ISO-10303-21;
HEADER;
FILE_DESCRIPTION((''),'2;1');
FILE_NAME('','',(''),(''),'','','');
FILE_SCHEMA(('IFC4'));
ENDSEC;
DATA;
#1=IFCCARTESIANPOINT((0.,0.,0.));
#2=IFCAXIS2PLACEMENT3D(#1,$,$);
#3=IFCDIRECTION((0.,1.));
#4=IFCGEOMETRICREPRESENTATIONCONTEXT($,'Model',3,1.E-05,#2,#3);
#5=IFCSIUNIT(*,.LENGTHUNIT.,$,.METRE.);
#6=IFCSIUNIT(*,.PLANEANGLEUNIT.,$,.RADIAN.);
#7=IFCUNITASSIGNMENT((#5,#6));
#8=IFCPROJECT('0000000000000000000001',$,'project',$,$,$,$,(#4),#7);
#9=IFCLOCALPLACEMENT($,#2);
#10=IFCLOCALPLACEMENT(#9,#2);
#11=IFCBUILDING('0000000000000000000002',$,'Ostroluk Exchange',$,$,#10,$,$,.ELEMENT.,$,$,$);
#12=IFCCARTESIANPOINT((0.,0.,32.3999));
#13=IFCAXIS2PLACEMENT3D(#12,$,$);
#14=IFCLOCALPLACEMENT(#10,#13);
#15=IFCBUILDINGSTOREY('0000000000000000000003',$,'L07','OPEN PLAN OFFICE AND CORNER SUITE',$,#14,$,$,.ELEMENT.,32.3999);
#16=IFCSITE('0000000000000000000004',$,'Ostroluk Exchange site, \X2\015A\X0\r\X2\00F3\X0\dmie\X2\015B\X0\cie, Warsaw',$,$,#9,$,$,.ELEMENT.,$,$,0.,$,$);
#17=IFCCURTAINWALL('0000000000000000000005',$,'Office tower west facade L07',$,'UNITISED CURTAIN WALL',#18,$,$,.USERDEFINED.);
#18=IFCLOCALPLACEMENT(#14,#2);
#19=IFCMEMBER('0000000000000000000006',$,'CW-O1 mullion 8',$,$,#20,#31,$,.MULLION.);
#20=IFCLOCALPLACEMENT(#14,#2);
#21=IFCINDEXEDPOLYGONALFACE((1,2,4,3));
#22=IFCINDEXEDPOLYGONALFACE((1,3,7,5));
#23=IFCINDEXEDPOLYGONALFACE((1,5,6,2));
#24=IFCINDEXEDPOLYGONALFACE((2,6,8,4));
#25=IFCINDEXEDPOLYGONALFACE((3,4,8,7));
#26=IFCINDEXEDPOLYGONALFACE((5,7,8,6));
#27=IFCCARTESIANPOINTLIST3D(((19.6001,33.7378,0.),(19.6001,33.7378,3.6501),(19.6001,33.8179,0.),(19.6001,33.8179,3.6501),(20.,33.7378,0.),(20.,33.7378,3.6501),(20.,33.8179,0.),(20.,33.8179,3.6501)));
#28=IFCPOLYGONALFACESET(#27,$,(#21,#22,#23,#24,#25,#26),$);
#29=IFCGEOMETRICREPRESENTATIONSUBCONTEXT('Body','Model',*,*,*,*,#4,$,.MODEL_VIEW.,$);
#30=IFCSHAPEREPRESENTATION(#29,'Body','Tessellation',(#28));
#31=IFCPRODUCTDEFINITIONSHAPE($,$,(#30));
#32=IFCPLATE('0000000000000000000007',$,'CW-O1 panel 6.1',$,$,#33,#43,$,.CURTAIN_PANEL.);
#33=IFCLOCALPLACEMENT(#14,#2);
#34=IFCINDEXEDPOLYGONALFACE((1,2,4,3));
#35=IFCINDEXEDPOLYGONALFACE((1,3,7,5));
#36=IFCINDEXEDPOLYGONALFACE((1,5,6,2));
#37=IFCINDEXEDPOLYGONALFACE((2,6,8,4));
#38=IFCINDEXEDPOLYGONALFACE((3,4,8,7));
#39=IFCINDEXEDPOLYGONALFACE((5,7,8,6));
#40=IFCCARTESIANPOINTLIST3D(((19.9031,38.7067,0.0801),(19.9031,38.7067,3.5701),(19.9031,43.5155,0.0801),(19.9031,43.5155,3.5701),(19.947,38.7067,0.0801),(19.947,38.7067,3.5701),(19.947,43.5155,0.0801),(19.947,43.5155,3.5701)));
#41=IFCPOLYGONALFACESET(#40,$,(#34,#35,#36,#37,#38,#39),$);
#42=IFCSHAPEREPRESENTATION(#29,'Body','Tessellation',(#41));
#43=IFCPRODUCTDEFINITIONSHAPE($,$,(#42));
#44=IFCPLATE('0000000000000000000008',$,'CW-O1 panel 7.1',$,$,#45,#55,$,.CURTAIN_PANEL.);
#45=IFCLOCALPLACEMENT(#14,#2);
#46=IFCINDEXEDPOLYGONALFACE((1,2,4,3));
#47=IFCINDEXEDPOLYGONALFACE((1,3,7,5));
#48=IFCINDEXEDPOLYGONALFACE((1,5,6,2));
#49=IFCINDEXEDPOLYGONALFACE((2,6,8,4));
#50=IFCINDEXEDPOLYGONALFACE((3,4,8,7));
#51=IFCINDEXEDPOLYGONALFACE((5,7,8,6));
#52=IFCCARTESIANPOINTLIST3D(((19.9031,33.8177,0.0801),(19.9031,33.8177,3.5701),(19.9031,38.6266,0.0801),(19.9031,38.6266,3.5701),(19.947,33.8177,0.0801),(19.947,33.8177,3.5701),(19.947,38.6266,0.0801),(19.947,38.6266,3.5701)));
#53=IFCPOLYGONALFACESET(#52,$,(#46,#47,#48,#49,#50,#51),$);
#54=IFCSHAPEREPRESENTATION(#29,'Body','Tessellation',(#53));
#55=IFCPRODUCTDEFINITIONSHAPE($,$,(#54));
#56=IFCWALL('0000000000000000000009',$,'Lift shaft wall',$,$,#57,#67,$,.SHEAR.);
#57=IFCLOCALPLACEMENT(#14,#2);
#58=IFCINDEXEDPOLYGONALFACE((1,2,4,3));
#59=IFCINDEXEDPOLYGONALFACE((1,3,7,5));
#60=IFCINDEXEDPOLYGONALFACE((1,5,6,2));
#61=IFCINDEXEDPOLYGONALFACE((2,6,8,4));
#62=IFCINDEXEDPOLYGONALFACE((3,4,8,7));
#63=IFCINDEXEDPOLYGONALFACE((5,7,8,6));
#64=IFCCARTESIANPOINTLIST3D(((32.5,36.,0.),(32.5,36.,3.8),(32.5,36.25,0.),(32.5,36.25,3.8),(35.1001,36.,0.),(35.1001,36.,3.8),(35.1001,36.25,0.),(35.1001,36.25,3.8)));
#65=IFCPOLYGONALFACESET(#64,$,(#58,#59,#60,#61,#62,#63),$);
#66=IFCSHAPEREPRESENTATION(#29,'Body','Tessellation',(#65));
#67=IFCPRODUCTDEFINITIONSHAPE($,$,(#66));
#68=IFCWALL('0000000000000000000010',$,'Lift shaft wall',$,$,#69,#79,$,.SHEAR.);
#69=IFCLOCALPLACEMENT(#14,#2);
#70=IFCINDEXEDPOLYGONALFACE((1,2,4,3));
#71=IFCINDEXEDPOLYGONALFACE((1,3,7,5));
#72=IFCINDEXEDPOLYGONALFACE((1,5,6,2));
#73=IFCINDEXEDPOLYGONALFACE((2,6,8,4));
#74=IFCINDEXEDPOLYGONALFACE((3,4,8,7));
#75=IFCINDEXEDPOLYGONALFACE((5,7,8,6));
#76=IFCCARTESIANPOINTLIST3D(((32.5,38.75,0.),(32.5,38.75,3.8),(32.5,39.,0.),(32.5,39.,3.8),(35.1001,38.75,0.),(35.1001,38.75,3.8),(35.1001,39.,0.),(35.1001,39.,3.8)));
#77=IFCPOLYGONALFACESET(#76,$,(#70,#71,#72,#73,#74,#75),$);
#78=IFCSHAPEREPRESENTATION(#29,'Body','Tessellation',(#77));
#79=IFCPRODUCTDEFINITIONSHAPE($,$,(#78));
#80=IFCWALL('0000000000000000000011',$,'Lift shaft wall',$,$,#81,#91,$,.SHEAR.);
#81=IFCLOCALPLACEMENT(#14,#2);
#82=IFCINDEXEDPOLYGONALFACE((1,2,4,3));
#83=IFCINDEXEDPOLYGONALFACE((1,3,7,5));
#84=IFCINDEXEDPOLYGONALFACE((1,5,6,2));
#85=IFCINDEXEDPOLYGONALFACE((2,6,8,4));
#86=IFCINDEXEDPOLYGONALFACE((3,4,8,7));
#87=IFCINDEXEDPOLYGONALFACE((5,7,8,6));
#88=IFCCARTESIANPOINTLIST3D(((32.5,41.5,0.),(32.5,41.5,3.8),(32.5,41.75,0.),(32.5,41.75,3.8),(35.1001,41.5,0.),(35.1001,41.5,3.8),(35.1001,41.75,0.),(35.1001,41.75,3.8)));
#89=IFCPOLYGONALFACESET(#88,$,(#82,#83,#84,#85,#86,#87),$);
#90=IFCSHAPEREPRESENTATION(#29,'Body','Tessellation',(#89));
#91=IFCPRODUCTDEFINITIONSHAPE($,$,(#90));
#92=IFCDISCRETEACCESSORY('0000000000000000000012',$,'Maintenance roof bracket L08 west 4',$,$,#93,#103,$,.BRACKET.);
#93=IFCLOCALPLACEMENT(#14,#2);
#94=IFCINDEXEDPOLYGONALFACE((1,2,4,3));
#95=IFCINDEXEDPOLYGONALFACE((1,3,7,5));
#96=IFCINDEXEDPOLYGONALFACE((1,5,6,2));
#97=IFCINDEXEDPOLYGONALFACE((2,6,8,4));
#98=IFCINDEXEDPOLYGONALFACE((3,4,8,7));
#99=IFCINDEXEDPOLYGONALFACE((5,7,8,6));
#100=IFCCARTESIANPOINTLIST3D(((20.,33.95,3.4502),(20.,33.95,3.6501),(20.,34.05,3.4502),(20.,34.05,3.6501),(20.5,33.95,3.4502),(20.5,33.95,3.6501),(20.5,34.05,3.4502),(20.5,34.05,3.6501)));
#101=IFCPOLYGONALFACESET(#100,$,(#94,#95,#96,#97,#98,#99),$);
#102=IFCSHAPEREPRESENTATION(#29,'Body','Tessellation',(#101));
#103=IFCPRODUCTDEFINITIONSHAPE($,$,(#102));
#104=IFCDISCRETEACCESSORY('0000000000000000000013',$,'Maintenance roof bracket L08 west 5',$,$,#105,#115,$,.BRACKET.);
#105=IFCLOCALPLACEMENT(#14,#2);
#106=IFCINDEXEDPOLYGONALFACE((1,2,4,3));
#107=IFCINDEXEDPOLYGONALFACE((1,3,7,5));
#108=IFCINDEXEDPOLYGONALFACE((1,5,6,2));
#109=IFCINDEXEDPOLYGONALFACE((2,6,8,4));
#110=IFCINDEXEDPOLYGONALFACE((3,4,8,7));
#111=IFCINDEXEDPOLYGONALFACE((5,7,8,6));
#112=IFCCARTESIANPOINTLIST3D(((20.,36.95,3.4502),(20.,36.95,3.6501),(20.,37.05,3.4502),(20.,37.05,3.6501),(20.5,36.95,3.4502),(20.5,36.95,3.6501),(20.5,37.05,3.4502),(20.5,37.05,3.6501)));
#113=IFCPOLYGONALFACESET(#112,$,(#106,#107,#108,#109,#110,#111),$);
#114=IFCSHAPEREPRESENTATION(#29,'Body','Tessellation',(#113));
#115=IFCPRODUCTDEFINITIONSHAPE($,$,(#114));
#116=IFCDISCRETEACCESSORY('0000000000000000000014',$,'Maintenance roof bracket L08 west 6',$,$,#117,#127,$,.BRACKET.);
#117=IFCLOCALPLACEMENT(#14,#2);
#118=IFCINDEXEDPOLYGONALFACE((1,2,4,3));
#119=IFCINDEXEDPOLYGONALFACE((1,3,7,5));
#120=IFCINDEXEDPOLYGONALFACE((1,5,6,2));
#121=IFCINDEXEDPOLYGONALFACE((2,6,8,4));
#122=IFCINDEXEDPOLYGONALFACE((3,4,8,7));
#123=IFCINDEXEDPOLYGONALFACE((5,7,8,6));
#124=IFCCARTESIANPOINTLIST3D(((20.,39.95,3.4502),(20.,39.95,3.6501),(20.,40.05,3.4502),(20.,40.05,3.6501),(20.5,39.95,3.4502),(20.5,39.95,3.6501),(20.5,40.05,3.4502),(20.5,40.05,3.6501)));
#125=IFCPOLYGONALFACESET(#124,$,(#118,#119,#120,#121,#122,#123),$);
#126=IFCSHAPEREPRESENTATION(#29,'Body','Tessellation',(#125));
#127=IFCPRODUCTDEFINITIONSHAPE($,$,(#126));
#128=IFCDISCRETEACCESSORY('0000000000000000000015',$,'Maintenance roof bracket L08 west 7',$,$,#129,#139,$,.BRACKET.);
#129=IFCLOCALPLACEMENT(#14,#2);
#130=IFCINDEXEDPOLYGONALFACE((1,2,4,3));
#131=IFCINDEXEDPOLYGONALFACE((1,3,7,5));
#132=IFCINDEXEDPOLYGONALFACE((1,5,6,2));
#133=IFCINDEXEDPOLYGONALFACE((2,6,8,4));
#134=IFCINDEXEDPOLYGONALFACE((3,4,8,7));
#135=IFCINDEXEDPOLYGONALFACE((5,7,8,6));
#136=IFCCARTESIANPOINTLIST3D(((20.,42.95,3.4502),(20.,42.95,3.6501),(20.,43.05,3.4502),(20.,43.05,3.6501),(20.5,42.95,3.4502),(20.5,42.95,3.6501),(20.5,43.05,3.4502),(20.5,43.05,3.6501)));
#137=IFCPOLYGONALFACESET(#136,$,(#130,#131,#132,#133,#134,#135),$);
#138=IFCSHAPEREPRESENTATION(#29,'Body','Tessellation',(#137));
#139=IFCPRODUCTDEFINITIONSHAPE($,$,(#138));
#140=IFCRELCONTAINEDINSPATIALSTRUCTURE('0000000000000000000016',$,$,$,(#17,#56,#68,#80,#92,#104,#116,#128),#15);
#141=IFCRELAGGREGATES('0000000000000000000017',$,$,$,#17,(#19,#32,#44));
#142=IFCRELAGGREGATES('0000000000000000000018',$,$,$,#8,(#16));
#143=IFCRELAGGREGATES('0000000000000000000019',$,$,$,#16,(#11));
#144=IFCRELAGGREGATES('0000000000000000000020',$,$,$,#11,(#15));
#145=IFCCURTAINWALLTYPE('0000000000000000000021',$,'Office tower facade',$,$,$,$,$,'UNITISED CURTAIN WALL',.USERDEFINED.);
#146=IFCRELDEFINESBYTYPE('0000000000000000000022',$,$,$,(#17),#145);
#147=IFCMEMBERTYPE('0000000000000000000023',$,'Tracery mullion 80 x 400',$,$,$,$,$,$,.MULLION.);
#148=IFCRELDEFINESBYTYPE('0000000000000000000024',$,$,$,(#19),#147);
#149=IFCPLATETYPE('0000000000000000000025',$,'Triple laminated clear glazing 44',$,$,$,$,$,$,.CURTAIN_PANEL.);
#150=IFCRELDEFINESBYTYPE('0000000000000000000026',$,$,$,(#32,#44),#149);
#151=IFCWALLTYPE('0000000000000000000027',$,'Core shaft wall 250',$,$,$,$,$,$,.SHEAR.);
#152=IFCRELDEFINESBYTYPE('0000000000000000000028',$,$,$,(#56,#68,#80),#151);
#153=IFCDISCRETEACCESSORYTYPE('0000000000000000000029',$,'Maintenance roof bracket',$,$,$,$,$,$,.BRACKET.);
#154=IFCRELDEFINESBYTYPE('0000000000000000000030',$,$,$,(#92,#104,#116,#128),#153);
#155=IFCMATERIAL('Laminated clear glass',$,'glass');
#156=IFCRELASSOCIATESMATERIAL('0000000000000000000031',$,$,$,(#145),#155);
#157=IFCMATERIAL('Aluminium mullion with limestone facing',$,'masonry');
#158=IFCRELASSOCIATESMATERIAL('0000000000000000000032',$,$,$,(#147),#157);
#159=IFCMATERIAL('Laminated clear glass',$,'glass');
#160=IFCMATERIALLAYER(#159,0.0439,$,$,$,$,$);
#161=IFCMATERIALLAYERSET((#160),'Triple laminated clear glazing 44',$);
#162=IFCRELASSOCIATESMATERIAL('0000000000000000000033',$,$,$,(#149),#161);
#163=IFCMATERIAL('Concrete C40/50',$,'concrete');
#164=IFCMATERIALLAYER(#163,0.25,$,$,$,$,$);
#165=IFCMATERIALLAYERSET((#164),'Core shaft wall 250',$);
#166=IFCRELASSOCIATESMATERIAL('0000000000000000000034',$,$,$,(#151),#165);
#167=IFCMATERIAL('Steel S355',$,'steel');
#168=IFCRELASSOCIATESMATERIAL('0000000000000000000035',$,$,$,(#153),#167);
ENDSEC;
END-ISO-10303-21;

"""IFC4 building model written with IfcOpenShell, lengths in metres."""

from ifc_helpers import new_model, si_unit, direction, frame, frame_2d, origin, origin_2d, place, context, subcontext, project, spatial, rectangle, extrude, material, layer, layer_set, material_profile, profile_set, type_object, element, aggregate, save


model = new_model("IFC4")

# Units and contexts
model_context = context("Model", 3, precision=1e-05, world=origin(), true_north=direction((0.0, 1.0)))
body_context = subcontext(model_context, "Body", "Model", "MODEL_VIEW")
ifc_project = project(units=[si_unit("LENGTHUNIT", "METRE"), si_unit("PLANEANGLEUNIT", "RADIAN")], contexts=[model_context])

# Site, building, storey
site_placement = place(None, origin())
site = spatial("IfcSite", under=ifc_project, at=site_placement, Name="Ostroluk Exchange site, Śródmieście, Warsaw", CompositionType="ELEMENT", RefElevation=0.0)
building_placement = place(site_placement, origin())
building = spatial("IfcBuilding", under=site, at=building_placement, Name="Ostroluk Exchange", CompositionType="ELEMENT")
storey_placement = place(building_placement, frame((0.0, 0.0, 32.3999)))
storey = spatial("IfcBuildingStorey", under=building, at=storey_placement, Name="L07", Description="OPEN PLAN OFFICE AND CORNER SUITE", CompositionType="ELEMENT", Elevation=32.3999)

# Curtain wall, member, plates
ifc_material_1 = material(Name="Laminated clear glass", Category="glass")
curtain_wall_type = type_object("IfcCurtainWallType", Name="Office tower facade", ElementType="UNITISED CURTAIN WALL", PredefinedType="USERDEFINED", material=ifc_material_1)
curtain_wall_placement = place(storey_placement, origin())
curtain_wall = element("IfcCurtainWall", 1, at=curtain_wall_placement, inside=storey, type_object=curtain_wall_type, Name="Office tower west facade L07", ObjectType="UNITISED CURTAIN WALL", PredefinedType="USERDEFINED")
ifc_material_2 = material(Name="Aluminium mullion with limestone facing", Category="masonry")
ifc_material_profile_1 = material_profile(ifc_material_2, rectangle(XDim=0.3999, YDim=0.0801, at=origin_2d()), Name="Tracery mullion 80 x 400")
ifc_profile_set_1 = profile_set([ifc_material_profile_1], Name="Aluminium mullion with limestone facing")
member_type_1 = type_object("IfcMemberType", Name="Tracery mullion 80 x 400", PredefinedType="MULLION", material=ifc_profile_set_1)
member_1_placement = place(storey_placement, frame((19.8, 33.7778, 0.0), z_axis=(0.0, 0.0, 1.0), x_axis=(1.0, 0.0, 0.0)))
member_1 = element("IfcMember", 2, at=member_1_placement, type_object=member_type_1, Name="CW-O1 mullion 8", PredefinedType="MULLION", context=body_context, shape_type="SweptSolid", body=[
    extrude(rectangle(XDim=0.3999, YDim=0.0801, at=origin_2d()), origin(), (0.0, 0.0, 1.0), 3.6501),
])
ifc_material_3 = material(Name="Laminated clear glass", Category="glass")
ifc_layer_1 = layer(ifc_material_3, 0.0439)
ifc_layer_set_1 = layer_set([ifc_layer_1], Name="Triple laminated clear glazing 44")
plate_type = type_object("IfcPlateType", Name="Triple laminated clear glazing 44", PredefinedType="CURTAIN_PANEL", material=ifc_layer_set_1)
plate_1_placement = place(storey_placement, frame((19.925, 41.1111, 0.0801), z_axis=(0.0, 0.0, 1.0), x_axis=(0.0, -1.0, 0.0)))
plate_1 = element("IfcPlate", 3, at=plate_1_placement, type_object=plate_type, Name="CW-O1 panel 6.1", PredefinedType="CURTAIN_PANEL", context=body_context, shape_type="SweptSolid", body=[
    extrude(rectangle(XDim=4.8088, YDim=0.0439, at=origin_2d()), origin(), (0.0, 0.0, 1.0), 3.49),
])
plate_2_placement = place(storey_placement, frame((19.925, 36.2222, 0.0801), z_axis=(0.0, 0.0, 1.0), x_axis=(0.0, -1.0, 0.0)))
plate_2 = element("IfcPlate", 4, at=plate_2_placement, type_object=plate_type, Name="CW-O1 panel 7.1", PredefinedType="CURTAIN_PANEL", context=body_context, shape_type="SweptSolid", body=[
    extrude(rectangle(XDim=4.8088, YDim=0.0439, at=origin_2d()), origin(), (0.0, 0.0, 1.0), 3.49),
])
aggregate(curtain_wall, [member_1, plate_1, plate_2])

# Walls
ifc_material_4 = material(Name="Concrete C40/50", Category="concrete")
ifc_layer_2 = layer(ifc_material_4, 0.25)
ifc_layer_set_2 = layer_set([ifc_layer_2], Name="Core shaft wall 250")
wall_type = type_object("IfcWallType", Name="Core shaft wall 250", PredefinedType="SHEAR", material=ifc_layer_set_2)
for number, where, z_axis, x_axis, name in (
    (5, (32.5, 36.125, 0.0), (0.0, 0.0, 1.0), (1.0, 0.0, 0.0), "Lift shaft wall"),
    (6, (32.5, 38.875, 0.0), (0.0, 0.0, 1.0), (1.0, 0.0, 0.0), "Lift shaft wall"),
    (7, (32.5, 41.625, 0.0), (0.0, 0.0, 1.0), (1.0, 0.0, 0.0), "Lift shaft wall"),
):
    element("IfcWall", number, at=place(storey_placement, frame(where, z_axis=z_axis, x_axis=x_axis)), inside=storey, type_object=wall_type, Name=name, PredefinedType="SHEAR", context=body_context, shape_type="SweptSolid", body=[
        extrude(rectangle(XDim=2.6001, YDim=0.25, at=frame_2d((1.3, 0.0))), origin(), (0.0, 0.0, 1.0), 3.8),
    ])

# Discrete accessories
ifc_material_5 = material(Name="Steel S355", Category="steel")
discrete_accessory_type = type_object("IfcDiscreteAccessoryType", Name="Maintenance roof bracket", PredefinedType="BRACKET", material=ifc_material_5)
for number, where, z_axis, x_axis, name in (
    (8, (20.25, 34.0, 3.4502), (0.0, 0.0, 1.0), (1.0, 0.0, 0.0), "Maintenance roof bracket L08 west 4"),
    (9, (20.25, 37.0, 3.4502), (0.0, 0.0, 1.0), (1.0, 0.0, 0.0), "Maintenance roof bracket L08 west 5"),
    (10, (20.25, 40.0, 3.4502), (0.0, 0.0, 1.0), (1.0, 0.0, 0.0), "Maintenance roof bracket L08 west 6"),
    (11, (20.25, 43.0, 3.4502), (0.0, 0.0, 1.0), (1.0, 0.0, 0.0), "Maintenance roof bracket L08 west 7"),
):
    element("IfcDiscreteAccessory", number, at=place(storey_placement, frame(where, z_axis=z_axis, x_axis=x_axis)), inside=storey, type_object=discrete_accessory_type, Name=name, PredefinedType="BRACKET", context=body_context, shape_type="SweptSolid", body=[
        extrude(rectangle(XDim=0.5, YDim=0.1001, at=origin_2d()), origin(), (0.0, 0.0, 1.0), 0.2),
    ])

save(model, "model.ifc")
